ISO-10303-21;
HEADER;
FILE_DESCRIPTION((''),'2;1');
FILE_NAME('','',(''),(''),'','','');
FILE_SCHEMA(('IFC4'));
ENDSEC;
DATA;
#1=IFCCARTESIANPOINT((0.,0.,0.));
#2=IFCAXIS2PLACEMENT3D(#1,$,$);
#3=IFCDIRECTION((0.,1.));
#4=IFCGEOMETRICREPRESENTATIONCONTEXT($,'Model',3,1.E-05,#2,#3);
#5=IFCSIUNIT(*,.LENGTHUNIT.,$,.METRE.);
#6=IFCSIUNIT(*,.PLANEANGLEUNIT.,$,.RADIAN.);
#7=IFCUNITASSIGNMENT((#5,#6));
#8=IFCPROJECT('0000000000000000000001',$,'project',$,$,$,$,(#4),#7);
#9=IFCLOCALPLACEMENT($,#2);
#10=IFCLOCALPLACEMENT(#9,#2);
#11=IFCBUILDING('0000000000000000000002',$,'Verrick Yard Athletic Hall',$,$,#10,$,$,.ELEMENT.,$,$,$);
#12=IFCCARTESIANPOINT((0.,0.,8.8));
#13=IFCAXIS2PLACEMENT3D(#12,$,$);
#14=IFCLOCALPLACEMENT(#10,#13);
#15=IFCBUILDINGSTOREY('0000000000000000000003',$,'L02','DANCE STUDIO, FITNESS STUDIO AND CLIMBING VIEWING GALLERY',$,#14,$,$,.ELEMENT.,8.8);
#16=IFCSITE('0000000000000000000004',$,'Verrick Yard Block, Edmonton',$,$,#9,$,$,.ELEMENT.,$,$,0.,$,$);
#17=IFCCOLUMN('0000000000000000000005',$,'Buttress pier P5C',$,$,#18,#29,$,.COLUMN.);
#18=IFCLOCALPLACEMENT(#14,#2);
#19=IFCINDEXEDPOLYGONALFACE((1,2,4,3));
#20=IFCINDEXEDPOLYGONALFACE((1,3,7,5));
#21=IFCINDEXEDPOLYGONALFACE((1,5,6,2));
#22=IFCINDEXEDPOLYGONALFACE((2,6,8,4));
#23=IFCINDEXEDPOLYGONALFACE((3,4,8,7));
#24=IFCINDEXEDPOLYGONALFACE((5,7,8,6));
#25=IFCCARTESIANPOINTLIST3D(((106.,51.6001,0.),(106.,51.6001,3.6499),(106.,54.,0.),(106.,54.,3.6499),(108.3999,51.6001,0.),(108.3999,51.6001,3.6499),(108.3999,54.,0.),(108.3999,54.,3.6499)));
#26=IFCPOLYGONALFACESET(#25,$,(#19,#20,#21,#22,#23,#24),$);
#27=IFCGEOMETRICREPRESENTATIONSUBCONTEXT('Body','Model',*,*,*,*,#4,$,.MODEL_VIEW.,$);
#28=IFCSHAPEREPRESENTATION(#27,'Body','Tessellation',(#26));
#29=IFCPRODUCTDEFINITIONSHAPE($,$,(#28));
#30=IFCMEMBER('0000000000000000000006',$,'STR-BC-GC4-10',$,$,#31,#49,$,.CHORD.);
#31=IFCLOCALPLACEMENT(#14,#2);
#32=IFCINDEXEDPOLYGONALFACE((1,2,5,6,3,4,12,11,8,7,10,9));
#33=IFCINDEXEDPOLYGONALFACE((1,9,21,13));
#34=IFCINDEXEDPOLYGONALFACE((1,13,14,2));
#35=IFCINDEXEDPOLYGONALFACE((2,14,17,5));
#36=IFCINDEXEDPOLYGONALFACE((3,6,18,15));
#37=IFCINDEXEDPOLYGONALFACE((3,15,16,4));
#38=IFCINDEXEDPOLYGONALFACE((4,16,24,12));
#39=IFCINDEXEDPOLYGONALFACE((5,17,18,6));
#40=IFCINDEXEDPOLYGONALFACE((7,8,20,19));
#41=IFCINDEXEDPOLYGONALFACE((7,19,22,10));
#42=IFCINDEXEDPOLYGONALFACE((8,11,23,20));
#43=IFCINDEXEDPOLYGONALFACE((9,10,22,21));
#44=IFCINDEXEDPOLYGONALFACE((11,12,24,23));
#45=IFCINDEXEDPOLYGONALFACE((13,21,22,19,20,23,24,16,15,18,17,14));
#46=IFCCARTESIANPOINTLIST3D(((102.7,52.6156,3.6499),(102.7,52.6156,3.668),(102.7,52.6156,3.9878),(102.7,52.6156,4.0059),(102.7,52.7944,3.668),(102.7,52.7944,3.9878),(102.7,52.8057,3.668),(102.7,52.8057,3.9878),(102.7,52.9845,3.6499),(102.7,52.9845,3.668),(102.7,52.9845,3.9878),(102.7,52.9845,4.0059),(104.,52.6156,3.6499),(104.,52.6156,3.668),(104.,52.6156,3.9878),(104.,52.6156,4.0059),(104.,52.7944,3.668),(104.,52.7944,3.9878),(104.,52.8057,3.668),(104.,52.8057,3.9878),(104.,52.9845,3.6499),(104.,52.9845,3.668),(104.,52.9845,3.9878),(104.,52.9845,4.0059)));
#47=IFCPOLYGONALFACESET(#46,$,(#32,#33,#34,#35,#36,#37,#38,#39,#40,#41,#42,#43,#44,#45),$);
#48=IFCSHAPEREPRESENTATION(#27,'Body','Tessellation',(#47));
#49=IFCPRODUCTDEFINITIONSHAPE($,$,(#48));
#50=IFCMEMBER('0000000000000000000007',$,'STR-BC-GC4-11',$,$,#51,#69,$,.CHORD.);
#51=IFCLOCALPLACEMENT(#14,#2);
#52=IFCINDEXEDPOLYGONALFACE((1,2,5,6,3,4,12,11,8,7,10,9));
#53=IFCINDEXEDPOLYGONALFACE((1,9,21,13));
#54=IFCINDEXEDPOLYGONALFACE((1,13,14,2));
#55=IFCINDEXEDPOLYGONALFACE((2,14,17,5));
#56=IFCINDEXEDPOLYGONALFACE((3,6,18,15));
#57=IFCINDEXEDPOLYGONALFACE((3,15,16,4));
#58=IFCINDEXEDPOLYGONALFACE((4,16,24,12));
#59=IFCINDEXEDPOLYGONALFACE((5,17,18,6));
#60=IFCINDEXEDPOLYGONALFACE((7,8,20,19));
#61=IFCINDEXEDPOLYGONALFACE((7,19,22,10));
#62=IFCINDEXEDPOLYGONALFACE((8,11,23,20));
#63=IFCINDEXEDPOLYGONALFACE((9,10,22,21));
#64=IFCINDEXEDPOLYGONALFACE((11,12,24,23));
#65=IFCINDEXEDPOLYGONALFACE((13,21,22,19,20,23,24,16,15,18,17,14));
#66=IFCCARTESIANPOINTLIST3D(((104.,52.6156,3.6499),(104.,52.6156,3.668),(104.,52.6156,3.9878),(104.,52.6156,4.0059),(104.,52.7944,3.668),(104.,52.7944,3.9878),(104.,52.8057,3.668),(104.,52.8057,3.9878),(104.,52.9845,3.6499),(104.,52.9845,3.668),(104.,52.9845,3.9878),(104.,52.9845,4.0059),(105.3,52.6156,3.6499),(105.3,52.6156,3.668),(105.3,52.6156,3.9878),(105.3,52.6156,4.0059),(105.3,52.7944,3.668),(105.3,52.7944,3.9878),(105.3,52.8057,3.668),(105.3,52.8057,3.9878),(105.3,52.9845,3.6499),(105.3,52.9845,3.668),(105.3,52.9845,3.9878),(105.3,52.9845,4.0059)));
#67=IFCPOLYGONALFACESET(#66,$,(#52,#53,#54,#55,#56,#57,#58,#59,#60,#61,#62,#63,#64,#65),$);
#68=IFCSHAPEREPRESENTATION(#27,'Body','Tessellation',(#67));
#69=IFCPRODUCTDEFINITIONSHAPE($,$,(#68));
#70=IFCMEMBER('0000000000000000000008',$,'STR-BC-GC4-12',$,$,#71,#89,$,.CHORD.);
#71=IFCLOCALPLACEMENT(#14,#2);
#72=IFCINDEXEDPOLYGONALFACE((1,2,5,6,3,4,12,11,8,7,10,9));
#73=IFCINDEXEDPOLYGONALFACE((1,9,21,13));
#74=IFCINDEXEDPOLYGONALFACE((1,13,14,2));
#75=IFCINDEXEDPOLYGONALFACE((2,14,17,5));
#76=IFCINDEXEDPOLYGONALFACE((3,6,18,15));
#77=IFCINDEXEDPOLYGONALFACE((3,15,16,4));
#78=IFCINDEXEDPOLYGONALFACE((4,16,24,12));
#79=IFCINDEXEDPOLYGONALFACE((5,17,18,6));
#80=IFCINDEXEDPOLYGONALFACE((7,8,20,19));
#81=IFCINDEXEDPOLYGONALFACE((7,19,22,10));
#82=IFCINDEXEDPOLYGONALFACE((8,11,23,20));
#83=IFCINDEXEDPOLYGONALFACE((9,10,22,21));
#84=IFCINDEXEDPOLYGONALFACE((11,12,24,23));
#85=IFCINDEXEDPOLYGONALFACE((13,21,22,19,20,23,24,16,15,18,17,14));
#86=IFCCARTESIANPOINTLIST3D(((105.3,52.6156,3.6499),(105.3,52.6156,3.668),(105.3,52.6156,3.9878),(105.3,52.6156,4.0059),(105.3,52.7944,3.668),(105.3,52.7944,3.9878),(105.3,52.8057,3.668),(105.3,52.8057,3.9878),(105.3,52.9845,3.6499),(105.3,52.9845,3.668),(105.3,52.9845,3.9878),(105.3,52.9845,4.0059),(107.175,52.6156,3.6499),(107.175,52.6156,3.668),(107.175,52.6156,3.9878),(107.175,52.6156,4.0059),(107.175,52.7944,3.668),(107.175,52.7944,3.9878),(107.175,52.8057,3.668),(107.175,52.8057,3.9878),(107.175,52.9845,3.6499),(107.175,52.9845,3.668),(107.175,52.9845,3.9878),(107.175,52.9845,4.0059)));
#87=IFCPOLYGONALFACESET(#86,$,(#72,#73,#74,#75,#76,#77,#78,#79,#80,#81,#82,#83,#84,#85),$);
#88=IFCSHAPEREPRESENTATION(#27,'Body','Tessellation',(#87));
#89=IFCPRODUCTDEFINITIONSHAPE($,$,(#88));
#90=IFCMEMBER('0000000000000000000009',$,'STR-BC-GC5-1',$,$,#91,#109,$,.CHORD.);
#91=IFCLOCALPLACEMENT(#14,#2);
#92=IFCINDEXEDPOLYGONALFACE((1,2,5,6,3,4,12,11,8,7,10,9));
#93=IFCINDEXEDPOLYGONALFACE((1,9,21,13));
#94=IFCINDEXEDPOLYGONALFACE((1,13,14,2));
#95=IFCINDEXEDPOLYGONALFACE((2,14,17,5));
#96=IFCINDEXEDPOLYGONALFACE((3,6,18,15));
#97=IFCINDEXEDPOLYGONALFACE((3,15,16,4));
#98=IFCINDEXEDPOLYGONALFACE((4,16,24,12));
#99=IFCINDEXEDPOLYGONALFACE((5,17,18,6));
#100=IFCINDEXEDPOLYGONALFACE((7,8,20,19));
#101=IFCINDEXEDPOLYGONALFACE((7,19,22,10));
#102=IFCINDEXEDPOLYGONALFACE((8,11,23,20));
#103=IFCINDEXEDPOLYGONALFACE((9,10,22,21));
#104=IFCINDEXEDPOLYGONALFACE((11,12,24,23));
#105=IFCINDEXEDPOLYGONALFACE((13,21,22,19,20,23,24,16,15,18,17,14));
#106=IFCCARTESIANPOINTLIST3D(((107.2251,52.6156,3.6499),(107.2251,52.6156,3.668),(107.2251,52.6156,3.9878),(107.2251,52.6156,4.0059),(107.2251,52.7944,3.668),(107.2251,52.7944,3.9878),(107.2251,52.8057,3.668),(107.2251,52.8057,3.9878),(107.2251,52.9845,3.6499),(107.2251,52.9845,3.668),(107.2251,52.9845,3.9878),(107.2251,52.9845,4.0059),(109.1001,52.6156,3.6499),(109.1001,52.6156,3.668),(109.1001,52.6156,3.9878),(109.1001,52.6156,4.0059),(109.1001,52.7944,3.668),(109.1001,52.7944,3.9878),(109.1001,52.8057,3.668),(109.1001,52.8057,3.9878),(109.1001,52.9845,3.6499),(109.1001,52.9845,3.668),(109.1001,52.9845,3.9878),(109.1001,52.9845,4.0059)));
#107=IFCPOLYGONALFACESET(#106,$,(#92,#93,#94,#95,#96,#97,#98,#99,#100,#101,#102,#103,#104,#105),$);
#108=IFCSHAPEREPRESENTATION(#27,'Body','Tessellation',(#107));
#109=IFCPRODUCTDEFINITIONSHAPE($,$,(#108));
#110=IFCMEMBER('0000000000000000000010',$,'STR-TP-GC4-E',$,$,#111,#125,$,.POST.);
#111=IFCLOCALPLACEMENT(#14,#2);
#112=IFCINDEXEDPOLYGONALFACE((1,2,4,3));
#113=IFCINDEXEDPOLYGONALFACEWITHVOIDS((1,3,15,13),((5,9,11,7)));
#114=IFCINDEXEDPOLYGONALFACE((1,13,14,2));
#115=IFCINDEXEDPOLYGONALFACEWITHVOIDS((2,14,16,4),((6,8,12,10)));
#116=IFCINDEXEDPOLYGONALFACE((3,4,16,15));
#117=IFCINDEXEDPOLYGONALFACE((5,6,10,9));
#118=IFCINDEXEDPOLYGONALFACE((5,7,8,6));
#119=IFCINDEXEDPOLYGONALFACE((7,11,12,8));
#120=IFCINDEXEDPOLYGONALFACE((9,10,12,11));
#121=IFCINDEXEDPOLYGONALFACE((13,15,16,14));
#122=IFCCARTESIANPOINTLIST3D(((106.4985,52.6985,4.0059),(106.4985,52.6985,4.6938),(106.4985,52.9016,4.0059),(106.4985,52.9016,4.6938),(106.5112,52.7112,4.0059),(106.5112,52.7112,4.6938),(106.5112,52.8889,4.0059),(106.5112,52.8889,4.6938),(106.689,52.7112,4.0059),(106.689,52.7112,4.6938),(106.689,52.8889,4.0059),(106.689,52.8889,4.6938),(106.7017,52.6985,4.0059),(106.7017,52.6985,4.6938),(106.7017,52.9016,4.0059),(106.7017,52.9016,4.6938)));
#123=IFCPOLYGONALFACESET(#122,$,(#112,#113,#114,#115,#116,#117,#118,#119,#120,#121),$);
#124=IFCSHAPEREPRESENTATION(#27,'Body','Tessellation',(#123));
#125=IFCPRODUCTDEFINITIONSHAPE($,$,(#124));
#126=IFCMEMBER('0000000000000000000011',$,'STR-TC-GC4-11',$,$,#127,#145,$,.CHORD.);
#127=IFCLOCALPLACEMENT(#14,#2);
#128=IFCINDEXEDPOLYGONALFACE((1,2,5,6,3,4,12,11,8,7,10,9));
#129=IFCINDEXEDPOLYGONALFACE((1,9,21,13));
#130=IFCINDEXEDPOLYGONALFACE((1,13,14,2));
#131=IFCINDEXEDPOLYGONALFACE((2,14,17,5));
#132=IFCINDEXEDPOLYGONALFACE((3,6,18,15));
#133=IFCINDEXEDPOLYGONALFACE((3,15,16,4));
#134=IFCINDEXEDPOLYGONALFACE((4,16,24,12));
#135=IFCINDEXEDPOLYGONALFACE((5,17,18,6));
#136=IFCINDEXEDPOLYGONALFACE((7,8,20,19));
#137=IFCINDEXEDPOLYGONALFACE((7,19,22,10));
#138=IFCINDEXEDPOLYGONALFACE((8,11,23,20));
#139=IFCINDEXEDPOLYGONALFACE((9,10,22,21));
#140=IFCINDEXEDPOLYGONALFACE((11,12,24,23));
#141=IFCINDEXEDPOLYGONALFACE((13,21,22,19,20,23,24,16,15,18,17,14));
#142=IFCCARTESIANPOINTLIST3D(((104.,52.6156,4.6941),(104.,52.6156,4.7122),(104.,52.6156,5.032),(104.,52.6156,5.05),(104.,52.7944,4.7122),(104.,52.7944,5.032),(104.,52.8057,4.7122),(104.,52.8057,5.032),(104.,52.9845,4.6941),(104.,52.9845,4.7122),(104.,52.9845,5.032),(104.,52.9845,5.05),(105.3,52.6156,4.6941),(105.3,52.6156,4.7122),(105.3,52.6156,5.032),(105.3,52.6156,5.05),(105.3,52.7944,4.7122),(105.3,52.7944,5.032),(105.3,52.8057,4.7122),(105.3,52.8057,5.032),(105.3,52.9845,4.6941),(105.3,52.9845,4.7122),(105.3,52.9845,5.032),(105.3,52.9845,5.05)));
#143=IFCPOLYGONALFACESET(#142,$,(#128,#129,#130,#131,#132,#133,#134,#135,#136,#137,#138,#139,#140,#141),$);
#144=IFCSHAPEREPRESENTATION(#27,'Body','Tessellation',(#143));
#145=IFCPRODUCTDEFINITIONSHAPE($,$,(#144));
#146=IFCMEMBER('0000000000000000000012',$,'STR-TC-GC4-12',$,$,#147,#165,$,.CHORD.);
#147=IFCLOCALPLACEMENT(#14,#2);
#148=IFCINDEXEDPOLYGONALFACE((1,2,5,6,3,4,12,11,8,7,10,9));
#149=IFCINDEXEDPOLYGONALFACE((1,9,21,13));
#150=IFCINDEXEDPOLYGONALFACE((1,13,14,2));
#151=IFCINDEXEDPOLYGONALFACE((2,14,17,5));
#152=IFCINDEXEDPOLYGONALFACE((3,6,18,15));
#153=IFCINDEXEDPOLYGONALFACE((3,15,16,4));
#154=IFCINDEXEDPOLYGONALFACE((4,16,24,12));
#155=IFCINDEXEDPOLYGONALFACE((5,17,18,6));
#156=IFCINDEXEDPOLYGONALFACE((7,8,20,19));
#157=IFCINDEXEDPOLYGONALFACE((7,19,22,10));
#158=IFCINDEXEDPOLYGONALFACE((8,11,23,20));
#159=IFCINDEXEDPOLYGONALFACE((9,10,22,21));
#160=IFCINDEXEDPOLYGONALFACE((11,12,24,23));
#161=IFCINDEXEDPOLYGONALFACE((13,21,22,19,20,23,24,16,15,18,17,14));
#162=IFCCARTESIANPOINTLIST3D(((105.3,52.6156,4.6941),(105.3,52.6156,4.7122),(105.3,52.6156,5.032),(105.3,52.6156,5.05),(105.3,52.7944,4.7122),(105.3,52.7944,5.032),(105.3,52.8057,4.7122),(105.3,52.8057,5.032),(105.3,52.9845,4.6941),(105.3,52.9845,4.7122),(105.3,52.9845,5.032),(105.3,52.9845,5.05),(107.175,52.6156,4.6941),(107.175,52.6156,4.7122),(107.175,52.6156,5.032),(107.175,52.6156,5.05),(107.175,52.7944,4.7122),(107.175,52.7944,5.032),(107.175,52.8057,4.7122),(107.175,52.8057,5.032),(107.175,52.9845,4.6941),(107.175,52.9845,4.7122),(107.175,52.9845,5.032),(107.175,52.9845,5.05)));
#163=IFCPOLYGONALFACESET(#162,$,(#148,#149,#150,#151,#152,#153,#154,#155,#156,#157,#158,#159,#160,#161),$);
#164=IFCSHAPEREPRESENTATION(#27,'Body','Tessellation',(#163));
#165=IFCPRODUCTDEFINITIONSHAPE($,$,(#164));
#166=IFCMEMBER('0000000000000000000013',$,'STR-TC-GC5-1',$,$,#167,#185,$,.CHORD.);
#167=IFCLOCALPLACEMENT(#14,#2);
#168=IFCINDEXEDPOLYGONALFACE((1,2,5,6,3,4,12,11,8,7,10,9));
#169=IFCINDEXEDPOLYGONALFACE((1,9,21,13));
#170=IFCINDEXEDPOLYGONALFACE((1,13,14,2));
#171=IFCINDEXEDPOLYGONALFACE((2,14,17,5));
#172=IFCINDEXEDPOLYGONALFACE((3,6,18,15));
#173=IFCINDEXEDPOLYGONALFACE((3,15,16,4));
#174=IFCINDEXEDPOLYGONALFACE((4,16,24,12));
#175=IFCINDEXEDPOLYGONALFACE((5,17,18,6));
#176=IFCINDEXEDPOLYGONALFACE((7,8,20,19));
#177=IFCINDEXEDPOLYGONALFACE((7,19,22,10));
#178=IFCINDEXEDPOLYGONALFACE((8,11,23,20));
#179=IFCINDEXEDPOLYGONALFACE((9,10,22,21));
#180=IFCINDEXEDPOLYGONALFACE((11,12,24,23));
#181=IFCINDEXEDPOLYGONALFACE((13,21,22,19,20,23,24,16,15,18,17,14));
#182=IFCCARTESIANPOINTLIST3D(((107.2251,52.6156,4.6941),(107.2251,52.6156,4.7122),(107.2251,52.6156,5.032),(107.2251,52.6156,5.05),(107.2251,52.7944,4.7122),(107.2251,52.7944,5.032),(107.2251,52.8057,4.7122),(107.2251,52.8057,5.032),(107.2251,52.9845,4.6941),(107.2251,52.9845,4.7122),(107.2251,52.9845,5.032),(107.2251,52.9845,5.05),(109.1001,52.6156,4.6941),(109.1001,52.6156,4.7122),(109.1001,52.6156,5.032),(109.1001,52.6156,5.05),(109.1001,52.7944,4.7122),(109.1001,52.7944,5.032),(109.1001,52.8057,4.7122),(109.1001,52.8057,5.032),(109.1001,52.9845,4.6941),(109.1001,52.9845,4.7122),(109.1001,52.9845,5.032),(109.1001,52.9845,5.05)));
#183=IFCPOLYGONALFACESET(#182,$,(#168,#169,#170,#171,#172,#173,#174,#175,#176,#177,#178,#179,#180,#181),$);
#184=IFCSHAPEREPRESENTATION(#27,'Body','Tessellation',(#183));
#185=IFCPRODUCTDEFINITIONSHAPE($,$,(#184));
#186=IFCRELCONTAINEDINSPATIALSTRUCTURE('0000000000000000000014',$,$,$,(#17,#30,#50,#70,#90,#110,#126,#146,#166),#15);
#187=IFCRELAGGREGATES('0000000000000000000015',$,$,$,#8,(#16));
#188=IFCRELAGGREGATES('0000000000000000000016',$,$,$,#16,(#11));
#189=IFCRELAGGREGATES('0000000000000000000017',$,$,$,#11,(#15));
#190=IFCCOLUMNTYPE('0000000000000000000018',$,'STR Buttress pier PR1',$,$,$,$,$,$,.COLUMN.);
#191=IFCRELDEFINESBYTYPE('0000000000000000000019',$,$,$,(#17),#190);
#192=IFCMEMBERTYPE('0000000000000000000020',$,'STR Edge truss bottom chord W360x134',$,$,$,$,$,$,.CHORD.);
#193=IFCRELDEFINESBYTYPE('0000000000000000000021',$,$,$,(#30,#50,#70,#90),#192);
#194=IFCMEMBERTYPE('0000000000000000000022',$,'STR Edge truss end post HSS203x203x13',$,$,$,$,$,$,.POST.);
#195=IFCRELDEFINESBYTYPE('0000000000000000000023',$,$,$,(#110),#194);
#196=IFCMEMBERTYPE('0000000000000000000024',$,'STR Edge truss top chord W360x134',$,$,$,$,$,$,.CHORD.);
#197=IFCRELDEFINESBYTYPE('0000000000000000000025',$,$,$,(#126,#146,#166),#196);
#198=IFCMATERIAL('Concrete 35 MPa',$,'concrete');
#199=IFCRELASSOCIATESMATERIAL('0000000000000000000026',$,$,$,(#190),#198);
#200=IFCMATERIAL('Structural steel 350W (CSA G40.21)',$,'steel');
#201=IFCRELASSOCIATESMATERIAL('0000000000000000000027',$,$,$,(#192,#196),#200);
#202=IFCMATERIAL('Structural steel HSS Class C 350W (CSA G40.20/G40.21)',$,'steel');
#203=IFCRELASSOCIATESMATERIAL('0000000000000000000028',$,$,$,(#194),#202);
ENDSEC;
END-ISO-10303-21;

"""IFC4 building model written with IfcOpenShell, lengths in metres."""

from ifc_helpers import new_model, si_unit, direction, frame, origin, origin_2d, place, context, subcontext, project, spatial, rectangle, hollow_rectangle, i_section, extrude, material, material_profile, profile_set, type_object, element, save


model = new_model("IFC4")

# Units and contexts
model_context = context("Model", 3, precision=1e-05, world=origin(), true_north=direction((0.0, 1.0)))
body_context = subcontext(model_context, "Body", "Model", "MODEL_VIEW")
ifc_project = project(units=[si_unit("LENGTHUNIT", "METRE"), si_unit("PLANEANGLEUNIT", "RADIAN")], contexts=[model_context])

# Site, building, storey
site_placement = place(None, origin())
site = spatial("IfcSite", under=ifc_project, at=site_placement, Name="Verrick Yard Block, Edmonton", CompositionType="ELEMENT", RefElevation=0.0)
building_placement = place(site_placement, origin())
building = spatial("IfcBuilding", under=site, at=building_placement, Name="Verrick Yard Athletic Hall", CompositionType="ELEMENT")
storey_placement = place(building_placement, frame((0.0, 0.0, 8.8)))
storey = spatial("IfcBuildingStorey", under=building, at=storey_placement, Name="L02", Description="DANCE STUDIO, FITNESS STUDIO AND CLIMBING VIEWING GALLERY", CompositionType="ELEMENT", Elevation=8.8)

# Column
ifc_material_1 = material(Name="Concrete 35 MPa", Category="concrete")
ifc_material_profile_1 = material_profile(ifc_material_1, rectangle(XDim=2.3999, YDim=2.3999, at=origin_2d()), Name="STR Buttress pier PR1")
ifc_profile_set_1 = profile_set([ifc_material_profile_1], Name="Concrete 35 MPa")
column_type = type_object("IfcColumnType", Name="STR Buttress pier PR1", PredefinedType="COLUMN", material=ifc_profile_set_1)
column_placement = place(storey_placement, frame((107.2, 52.8, 0.0), z_axis=(0.0, 0.0, 1.0), x_axis=(1.0, 0.0, 0.0)))
element("IfcColumn", 1, at=column_placement, inside=storey, type_object=column_type, Name="Buttress pier P5C", PredefinedType="COLUMN", context=body_context, shape_type="SweptSolid", body=[
    extrude(rectangle(XDim=2.3999, YDim=2.3999, at=origin_2d()), origin(), (0.0, 0.0, 1.0), 3.6499),
])

# Members
ifc_material_2 = material(Name="Structural steel 350W (CSA G40.21)", Category="steel")
ifc_material_profile_2 = material_profile(ifc_material_2, i_section(OverallWidth=0.3689, OverallDepth=0.356, WebThickness=0.0112, FlangeThickness=0.0181, at=origin_2d()), Name="W360x134")
ifc_profile_set_2 = profile_set([ifc_material_profile_2], Name="Structural steel 350W (CSA G40.21)")
member_type_1 = type_object("IfcMemberType", Name="STR Edge truss bottom chord W360x134", PredefinedType="CHORD", material=ifc_profile_set_2)
for number, where, z_axis, x_axis, name in (
    (2, (102.7, 52.8, 3.8279), (1.0, 0.0, 0.0), (0.0, 1.0, 0.0), "STR-BC-GC4-10"),
    (3, (104.0, 52.8, 3.8279), (1.0, 0.0, 0.0), (0.0, 1.0, 0.0), "STR-BC-GC4-11"),
):
    element("IfcMember", number, at=place(storey_placement, frame(where, z_axis=z_axis, x_axis=x_axis)), inside=storey, type_object=member_type_1, Name=name, PredefinedType="CHORD", context=body_context, shape_type="SweptSolid", body=[
        extrude(i_section(OverallWidth=0.3689, OverallDepth=0.356, WebThickness=0.0112, FlangeThickness=0.0181, at=origin_2d()), origin(), (0.0, 0.0, 1.0), 1.3),
    ])
for number, where, z_axis, x_axis, name in (
    (4, (105.3, 52.8, 3.8279), (1.0, 0.0, 0.0), (0.0, 1.0, 0.0), "STR-BC-GC4-12"),
    (5, (107.2251, 52.8, 3.8279), (1.0, 0.0, 0.0), (0.0, 1.0, 0.0), "STR-BC-GC5-1"),
):
    element("IfcMember", number, at=place(storey_placement, frame(where, z_axis=z_axis, x_axis=x_axis)), inside=storey, type_object=member_type_1, Name=name, PredefinedType="CHORD", context=body_context, shape_type="SweptSolid", body=[
        extrude(i_section(OverallWidth=0.3689, OverallDepth=0.356, WebThickness=0.0112, FlangeThickness=0.0181, at=origin_2d()), origin(), (0.0, 0.0, 1.0), 1.875),
    ])
ifc_material_3 = material(Name="Structural steel HSS Class C 350W (CSA G40.20/G40.21)", Category="steel")
ifc_material_profile_3 = material_profile(ifc_material_3, hollow_rectangle(XDim=0.2031, YDim=0.2031, WallThickness=0.0127, at=origin_2d()), Name="HSS203x203x13")
ifc_profile_set_3 = profile_set([ifc_material_profile_3], Name="Structural steel HSS Class C 350W (CSA G40.20/G40.21)")
member_type_2 = type_object("IfcMemberType", Name="STR Edge truss end post HSS203x203x13", PredefinedType="POST", material=ifc_profile_set_3)
member_1_placement = place(storey_placement, frame((106.6001, 52.8, 4.0059), z_axis=(0.0, 0.0, 1.0), x_axis=(1.0, 0.0, 0.0)))
element("IfcMember", 6, at=member_1_placement, inside=storey, type_object=member_type_2, Name="STR-TP-GC4-E", PredefinedType="POST", context=body_context, shape_type="SweptSolid", body=[
    extrude(hollow_rectangle(XDim=0.2031, YDim=0.2031, WallThickness=0.0127, at=origin_2d()), origin(), (0.0, 0.0, 1.0), 0.688),
])
ifc_material_profile_4 = material_profile(ifc_material_2, i_section(OverallWidth=0.3689, OverallDepth=0.356, WebThickness=0.0112, FlangeThickness=0.0181, at=origin_2d()), Name="W360x134")
ifc_profile_set_4 = profile_set([ifc_material_profile_4], Name="Structural steel 350W (CSA G40.21)")
member_type_3 = type_object("IfcMemberType", Name="STR Edge truss top chord W360x134", PredefinedType="CHORD", material=ifc_profile_set_4)
member_2_placement = place(storey_placement, frame((104.0, 52.8, 4.8721), z_axis=(1.0, 0.0, 0.0), x_axis=(0.0, 1.0, 0.0)))
element("IfcMember", 7, at=member_2_placement, inside=storey, type_object=member_type_3, Name="STR-TC-GC4-11", PredefinedType="CHORD", context=body_context, shape_type="SweptSolid", body=[
    extrude(i_section(OverallWidth=0.3689, OverallDepth=0.356, WebThickness=0.0112, FlangeThickness=0.0181, at=origin_2d()), origin(), (0.0, 0.0, 1.0), 1.3),
])
for number, where, z_axis, x_axis, name in (
    (8, (105.3, 52.8, 4.8721), (1.0, 0.0, 0.0), (0.0, 1.0, 0.0), "STR-TC-GC4-12"),
    (9, (107.2251, 52.8, 4.8721), (1.0, 0.0, 0.0), (0.0, 1.0, 0.0), "STR-TC-GC5-1"),
):
    element("IfcMember", number, at=place(storey_placement, frame(where, z_axis=z_axis, x_axis=x_axis)), inside=storey, type_object=member_type_3, Name=name, PredefinedType="CHORD", context=body_context, shape_type="SweptSolid", body=[
        extrude(i_section(OverallWidth=0.3689, OverallDepth=0.356, WebThickness=0.0112, FlangeThickness=0.0181, at=origin_2d()), origin(), (0.0, 0.0, 1.0), 1.875),
    ])

save(model, "model.ifc")
